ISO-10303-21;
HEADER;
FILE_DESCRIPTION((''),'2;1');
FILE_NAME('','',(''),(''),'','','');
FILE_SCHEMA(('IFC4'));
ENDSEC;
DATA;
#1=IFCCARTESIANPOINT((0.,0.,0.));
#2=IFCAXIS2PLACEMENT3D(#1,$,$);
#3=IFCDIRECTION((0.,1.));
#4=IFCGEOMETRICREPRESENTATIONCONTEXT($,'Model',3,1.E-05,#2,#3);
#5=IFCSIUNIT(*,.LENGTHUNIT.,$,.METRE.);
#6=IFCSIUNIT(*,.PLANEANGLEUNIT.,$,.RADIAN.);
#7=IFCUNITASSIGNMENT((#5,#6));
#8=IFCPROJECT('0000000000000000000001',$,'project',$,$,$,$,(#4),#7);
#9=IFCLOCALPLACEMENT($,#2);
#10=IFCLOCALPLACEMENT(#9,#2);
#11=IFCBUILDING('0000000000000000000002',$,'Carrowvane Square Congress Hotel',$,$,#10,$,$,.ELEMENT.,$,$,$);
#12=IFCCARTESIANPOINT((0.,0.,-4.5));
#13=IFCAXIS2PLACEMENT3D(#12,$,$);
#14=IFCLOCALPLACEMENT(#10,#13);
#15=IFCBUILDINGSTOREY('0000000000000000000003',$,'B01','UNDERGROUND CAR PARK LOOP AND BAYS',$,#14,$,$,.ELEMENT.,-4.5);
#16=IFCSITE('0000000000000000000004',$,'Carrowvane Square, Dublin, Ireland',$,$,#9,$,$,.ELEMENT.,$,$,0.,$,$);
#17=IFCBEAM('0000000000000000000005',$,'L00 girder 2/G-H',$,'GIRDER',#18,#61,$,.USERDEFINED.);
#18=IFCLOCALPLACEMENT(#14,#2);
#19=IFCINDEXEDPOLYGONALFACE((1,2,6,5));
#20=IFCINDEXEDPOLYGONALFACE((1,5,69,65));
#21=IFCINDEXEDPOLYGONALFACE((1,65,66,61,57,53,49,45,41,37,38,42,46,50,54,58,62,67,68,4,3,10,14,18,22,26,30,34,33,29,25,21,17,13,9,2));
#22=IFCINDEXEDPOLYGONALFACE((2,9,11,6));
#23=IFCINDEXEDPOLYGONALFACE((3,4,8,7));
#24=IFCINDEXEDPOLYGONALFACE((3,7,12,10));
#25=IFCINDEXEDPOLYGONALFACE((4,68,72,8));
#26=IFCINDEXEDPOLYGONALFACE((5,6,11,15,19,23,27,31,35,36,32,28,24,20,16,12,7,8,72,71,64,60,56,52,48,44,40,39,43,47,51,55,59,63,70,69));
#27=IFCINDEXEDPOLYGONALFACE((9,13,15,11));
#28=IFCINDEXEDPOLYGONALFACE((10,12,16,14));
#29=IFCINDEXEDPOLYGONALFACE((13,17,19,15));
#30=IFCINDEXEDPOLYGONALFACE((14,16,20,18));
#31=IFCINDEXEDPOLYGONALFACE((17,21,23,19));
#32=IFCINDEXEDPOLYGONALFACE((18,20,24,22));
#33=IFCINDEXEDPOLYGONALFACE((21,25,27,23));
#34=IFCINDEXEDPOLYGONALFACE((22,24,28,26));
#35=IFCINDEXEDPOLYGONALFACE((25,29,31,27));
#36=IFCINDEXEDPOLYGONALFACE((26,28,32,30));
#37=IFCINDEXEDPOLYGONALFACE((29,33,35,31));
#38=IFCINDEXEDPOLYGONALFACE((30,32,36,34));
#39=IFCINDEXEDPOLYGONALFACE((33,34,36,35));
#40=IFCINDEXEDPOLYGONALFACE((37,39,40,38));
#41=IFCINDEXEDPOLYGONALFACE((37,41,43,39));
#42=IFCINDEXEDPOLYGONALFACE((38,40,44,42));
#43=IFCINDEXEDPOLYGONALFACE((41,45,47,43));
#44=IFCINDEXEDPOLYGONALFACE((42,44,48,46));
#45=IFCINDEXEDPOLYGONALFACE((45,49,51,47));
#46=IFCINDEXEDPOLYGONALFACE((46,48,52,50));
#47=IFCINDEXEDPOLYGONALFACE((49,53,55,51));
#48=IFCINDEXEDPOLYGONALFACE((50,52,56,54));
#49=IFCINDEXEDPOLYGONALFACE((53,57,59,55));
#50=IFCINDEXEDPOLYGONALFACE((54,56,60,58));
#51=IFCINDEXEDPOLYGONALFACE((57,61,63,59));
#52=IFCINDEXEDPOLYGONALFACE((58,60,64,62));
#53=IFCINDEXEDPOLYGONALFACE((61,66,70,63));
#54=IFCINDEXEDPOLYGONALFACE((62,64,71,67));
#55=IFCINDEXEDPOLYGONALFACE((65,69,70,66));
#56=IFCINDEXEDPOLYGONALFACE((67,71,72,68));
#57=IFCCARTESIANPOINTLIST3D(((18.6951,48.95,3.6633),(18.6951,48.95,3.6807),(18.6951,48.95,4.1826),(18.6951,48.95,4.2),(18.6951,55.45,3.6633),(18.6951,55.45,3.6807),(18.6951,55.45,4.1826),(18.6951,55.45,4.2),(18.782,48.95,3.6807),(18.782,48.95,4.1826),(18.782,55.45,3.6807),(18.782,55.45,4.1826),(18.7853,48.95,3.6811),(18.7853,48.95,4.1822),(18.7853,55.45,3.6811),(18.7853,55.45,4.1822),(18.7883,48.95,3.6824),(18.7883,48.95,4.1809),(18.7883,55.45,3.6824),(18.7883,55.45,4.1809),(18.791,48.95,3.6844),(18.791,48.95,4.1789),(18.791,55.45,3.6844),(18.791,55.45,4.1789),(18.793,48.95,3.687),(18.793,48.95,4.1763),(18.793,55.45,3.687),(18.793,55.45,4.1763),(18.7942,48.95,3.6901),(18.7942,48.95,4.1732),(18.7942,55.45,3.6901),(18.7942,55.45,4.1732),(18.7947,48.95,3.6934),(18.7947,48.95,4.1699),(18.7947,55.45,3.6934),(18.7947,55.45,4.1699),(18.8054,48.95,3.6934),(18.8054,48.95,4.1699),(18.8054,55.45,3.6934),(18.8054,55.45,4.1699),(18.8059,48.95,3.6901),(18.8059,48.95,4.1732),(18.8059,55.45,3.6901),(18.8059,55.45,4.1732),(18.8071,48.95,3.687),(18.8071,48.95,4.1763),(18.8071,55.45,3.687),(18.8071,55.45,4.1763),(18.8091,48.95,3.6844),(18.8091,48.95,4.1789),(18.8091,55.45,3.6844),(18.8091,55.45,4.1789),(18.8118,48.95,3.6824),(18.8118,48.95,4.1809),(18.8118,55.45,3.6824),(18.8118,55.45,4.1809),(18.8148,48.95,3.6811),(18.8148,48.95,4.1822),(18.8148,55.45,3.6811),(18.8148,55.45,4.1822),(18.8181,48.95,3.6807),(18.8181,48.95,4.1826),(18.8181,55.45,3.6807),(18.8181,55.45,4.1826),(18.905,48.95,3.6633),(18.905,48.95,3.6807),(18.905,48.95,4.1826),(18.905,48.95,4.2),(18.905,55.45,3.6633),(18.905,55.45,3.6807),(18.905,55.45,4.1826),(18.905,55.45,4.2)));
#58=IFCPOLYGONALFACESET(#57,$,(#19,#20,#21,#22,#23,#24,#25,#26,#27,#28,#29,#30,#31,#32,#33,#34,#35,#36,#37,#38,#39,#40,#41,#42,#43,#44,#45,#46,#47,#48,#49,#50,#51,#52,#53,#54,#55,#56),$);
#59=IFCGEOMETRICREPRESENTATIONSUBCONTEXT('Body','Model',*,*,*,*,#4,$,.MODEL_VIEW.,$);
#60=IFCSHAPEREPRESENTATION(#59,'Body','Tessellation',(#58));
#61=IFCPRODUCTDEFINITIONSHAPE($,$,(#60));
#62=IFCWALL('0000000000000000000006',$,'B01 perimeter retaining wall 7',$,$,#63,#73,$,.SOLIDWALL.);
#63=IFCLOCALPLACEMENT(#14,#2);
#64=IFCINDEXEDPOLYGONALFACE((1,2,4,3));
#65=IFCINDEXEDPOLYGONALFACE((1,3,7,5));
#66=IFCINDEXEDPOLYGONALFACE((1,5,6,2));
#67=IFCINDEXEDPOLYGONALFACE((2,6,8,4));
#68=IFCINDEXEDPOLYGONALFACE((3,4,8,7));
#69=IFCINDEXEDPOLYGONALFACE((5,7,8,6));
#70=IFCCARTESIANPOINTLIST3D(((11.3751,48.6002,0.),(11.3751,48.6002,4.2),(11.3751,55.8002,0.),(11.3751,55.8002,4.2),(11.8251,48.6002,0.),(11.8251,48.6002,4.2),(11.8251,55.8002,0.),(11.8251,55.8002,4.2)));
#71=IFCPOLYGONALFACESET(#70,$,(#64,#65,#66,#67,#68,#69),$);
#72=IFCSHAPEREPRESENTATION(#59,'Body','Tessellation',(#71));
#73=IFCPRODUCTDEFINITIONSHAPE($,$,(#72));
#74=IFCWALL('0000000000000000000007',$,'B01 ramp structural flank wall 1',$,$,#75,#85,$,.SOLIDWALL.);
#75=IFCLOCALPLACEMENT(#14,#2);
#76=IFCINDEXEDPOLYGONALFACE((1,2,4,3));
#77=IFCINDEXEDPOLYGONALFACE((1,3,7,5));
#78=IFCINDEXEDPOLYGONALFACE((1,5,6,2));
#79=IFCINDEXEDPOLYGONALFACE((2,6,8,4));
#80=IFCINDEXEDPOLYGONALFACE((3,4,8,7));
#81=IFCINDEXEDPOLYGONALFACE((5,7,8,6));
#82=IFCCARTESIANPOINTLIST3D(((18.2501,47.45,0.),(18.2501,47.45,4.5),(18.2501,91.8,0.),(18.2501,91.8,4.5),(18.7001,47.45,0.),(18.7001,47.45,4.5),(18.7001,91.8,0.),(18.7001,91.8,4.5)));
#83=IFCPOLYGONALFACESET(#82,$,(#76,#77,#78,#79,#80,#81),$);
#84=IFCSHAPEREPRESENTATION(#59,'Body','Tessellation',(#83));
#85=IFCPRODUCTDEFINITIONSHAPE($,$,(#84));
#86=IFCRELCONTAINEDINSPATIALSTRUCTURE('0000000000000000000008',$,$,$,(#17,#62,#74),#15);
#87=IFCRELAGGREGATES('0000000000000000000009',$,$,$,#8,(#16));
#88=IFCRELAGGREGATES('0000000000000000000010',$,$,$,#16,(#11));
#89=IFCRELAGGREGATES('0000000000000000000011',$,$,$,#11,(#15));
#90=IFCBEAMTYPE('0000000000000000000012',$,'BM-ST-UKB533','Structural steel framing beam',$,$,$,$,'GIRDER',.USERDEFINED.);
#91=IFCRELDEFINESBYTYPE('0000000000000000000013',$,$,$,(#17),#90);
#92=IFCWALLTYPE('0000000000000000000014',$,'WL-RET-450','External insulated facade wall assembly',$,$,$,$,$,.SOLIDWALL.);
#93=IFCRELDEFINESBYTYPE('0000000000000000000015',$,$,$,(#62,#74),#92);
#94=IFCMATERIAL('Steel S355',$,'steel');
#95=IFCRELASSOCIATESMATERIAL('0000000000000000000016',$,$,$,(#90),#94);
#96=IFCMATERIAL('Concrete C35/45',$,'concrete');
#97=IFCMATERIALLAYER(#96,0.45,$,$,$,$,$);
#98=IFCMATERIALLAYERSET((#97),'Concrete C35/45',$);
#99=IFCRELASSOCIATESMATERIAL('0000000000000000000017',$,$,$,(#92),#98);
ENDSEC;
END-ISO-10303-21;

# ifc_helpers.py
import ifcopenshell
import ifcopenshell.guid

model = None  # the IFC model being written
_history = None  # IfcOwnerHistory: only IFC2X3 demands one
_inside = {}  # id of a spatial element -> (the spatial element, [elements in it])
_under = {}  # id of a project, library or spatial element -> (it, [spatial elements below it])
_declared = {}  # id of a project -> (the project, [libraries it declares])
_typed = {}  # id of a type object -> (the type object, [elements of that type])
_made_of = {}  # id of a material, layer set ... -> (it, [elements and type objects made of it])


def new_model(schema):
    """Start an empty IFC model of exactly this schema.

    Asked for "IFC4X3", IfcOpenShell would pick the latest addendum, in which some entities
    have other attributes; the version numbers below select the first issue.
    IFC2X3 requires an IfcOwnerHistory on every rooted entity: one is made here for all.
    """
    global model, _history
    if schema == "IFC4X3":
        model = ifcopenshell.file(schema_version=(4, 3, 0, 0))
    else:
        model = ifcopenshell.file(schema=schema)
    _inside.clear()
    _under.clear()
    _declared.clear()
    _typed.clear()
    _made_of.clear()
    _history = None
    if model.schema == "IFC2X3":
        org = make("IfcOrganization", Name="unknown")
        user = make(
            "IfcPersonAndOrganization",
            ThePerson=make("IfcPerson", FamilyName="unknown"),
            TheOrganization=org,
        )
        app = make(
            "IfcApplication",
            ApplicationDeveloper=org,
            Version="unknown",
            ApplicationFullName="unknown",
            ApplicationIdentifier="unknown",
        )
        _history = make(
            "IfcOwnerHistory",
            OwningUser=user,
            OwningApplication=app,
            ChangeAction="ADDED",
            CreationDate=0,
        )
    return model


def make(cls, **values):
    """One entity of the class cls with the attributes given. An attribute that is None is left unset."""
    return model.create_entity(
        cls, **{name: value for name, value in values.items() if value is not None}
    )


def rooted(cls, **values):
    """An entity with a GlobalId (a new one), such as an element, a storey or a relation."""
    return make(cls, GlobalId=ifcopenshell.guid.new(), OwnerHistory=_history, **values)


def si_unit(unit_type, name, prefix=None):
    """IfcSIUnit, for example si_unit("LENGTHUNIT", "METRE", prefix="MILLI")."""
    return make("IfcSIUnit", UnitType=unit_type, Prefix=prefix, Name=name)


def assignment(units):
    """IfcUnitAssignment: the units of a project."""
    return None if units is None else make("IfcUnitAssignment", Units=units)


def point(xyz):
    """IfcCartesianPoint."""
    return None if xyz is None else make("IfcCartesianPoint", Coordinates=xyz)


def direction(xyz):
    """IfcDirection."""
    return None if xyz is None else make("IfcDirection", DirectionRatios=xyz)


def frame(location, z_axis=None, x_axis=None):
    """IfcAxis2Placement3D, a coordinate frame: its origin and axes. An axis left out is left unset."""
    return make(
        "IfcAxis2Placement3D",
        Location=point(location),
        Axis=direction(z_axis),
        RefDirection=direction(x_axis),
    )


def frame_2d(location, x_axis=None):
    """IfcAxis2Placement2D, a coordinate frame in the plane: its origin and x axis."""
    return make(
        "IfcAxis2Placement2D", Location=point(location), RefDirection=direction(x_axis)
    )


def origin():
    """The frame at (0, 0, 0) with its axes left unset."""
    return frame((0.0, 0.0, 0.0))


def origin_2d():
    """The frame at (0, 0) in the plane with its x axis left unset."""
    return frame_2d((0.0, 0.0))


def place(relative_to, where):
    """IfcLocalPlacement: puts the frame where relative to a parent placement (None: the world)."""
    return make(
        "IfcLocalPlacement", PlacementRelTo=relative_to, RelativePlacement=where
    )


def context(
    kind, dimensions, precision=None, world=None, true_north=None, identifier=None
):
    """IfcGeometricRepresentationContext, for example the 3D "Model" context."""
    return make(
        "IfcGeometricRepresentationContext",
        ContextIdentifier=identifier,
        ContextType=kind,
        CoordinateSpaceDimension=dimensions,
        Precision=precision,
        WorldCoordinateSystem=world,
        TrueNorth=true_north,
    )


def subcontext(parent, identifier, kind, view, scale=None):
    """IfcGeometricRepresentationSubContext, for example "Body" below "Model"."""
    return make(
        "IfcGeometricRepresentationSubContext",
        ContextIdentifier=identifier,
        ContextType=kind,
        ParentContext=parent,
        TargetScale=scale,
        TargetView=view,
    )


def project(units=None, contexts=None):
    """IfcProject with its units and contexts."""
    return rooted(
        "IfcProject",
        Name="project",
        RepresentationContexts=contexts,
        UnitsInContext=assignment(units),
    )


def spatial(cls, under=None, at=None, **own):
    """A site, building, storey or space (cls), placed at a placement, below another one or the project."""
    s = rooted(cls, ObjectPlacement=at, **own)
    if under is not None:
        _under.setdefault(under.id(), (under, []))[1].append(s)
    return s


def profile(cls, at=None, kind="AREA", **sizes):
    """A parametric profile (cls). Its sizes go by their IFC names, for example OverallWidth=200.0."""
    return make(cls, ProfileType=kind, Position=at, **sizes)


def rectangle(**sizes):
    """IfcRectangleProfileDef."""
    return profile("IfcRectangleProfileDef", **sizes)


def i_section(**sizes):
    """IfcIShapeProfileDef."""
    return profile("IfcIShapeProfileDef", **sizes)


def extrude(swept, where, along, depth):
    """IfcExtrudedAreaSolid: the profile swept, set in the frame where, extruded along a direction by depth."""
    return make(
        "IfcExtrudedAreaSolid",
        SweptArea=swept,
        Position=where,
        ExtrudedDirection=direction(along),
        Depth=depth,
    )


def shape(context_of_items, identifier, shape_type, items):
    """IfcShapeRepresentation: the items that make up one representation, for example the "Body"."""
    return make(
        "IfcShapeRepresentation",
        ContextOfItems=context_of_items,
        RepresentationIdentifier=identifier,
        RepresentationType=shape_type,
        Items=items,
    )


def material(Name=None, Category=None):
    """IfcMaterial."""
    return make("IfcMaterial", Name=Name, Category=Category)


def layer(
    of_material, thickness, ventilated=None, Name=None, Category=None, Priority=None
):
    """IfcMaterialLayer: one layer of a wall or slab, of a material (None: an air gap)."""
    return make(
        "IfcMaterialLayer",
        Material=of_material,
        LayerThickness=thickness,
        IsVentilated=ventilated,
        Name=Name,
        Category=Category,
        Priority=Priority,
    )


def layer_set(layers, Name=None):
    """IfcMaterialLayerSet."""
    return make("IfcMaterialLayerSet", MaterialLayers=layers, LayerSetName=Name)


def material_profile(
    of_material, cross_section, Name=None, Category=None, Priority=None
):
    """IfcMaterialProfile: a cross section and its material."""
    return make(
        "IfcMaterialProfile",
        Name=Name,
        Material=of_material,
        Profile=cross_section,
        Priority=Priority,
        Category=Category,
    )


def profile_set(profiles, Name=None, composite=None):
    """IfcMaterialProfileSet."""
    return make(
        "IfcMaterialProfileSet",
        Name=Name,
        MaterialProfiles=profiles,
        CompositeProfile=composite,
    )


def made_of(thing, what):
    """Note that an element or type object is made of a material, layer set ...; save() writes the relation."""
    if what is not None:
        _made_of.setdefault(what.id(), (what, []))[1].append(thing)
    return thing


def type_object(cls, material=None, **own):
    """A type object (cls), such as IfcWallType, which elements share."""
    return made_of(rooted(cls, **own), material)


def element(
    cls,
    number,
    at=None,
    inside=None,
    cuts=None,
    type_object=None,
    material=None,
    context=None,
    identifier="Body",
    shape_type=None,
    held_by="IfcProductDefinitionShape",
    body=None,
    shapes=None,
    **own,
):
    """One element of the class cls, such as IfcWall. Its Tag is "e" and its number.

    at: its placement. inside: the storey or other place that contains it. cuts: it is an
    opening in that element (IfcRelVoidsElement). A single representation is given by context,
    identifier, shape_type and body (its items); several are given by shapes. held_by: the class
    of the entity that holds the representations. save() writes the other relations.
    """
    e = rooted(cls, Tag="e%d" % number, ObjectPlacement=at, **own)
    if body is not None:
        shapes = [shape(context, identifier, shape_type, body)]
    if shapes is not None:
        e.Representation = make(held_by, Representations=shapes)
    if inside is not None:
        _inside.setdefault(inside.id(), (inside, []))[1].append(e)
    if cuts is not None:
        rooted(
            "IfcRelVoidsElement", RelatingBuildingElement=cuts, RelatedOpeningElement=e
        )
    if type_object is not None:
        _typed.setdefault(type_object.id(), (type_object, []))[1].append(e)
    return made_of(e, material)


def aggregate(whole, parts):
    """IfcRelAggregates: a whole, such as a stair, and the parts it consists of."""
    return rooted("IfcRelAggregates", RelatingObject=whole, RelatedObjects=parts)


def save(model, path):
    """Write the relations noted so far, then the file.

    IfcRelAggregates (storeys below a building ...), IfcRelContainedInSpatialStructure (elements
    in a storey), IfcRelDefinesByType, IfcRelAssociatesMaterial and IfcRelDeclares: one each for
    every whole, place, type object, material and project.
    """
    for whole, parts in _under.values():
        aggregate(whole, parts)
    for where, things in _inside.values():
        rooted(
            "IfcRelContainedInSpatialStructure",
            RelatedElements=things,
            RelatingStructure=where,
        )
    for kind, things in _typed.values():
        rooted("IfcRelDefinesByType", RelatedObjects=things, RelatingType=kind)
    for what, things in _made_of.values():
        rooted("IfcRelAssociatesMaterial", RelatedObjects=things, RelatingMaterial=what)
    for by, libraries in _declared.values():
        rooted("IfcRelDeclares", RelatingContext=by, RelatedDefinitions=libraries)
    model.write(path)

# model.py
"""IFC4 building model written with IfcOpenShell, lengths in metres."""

from ifc_helpers import new_model, si_unit, direction, frame, frame_2d, origin, origin_2d, place, context, subcontext, project, spatial, rectangle, i_section, extrude, material, layer, layer_set, material_profile, profile_set, type_object, element, save


model = new_model("IFC4")

# Units and contexts
model_context = context("Model", 3, precision=1e-05, world=origin(), true_north=direction((0.0, 1.0)))
body_context = subcontext(model_context, "Body", "Model", "MODEL_VIEW")
ifc_project = project(units=[si_unit("LENGTHUNIT", "METRE"), si_unit("PLANEANGLEUNIT", "RADIAN")], contexts=[model_context])

# Site, building, storey
site_placement = place(None, origin())
site = spatial("IfcSite", under=ifc_project, at=site_placement, Name="Carrowvane Square, Dublin, Ireland", CompositionType="ELEMENT", RefElevation=0.0)
building_placement = place(site_placement, origin())
building = spatial("IfcBuilding", under=site, at=building_placement, Name="Carrowvane Square Congress Hotel", CompositionType="ELEMENT")
storey_placement = place(building_placement, frame((0.0, 0.0, -4.5)))
storey = spatial("IfcBuildingStorey", under=building, at=storey_placement, Name="B01", Description="UNDERGROUND CAR PARK LOOP AND BAYS", CompositionType="ELEMENT", Elevation=-4.5)

# Beam
ifc_material_1 = material(Name="Steel S355", Category="steel")
ifc_material_profile_1 = material_profile(ifc_material_1, i_section(OverallWidth=0.21, OverallDepth=0.5366, WebThickness=0.0107, FlangeThickness=0.0173, FilletRadius=0.0127, at=origin_2d()), Name="UKB 533x210x101")
ifc_profile_set_1 = profile_set([ifc_material_profile_1], Name="Steel S355")
beam_type_1 = type_object("IfcBeamType", Name="BM-ST-UKB533", Description="Structural steel framing beam", ElementType="GIRDER", PredefinedType="USERDEFINED", material=ifc_profile_set_1)
for number, where, z_axis, x_axis, name in (
    (1, (18.8, 48.95, 3.9316), (0.0, 1.0, 0.0), (-1.0, 0.0, 0.0), "L00 girder 2/G-H"),
):
    element("IfcBeam", number, at=place(storey_placement, frame(where, z_axis=z_axis, x_axis=x_axis)), inside=storey, type_object=beam_type_1, Name=name, ObjectType="GIRDER", PredefinedType="USERDEFINED", context=body_context, shape_type="SweptSolid", body=[
        extrude(i_section(OverallWidth=0.21, OverallDepth=0.5366, WebThickness=0.0107, FlangeThickness=0.0173, FilletRadius=0.0127, at=origin_2d()), origin(), (0.0, 0.0, 1.0), 6.5),
    ])

# Walls
ifc_material_2 = material(Name="Concrete C35/45", Category="concrete")
ifc_layer_1 = layer(ifc_material_2, 0.45)
ifc_layer_set_1 = layer_set([ifc_layer_1], Name="Concrete C35/45")
wall_type = type_object("IfcWallType", Name="WL-RET-450", Description="External insulated facade wall assembly", PredefinedType="SOLIDWALL", material=ifc_layer_set_1)
wall_1_placement = place(storey_placement, frame((11.6001, 48.6001, 0.0), z_axis=(0.0, 0.0, 1.0), x_axis=(0.0, 1.0, 0.0)))
element("IfcWall", 2, at=wall_1_placement, inside=storey, type_object=wall_type, Name="B01 perimeter retaining wall 7", PredefinedType="SOLIDWALL", context=body_context, shape_type="SweptSolid", body=[
    extrude(rectangle(XDim=7.2, YDim=0.45, at=frame_2d((3.6001, 0.0))), origin(), (0.0, 0.0, 1.0), 4.2),
])
wall_2_placement = place(storey_placement, frame((18.4751, 47.45, 0.0), z_axis=(0.0, 0.0, 1.0), x_axis=(0.0, 1.0, 0.0)))
element("IfcWall", 3, at=wall_2_placement, inside=storey, type_object=wall_type, Name="B01 ramp structural flank wall 1", PredefinedType="SOLIDWALL", context=body_context, shape_type="SweptSolid", body=[
    extrude(rectangle(XDim=44.3501, YDim=0.45, at=frame_2d((22.175, 0.0))), origin(), (0.0, 0.0, 1.0), 4.5),
])

save(model, "model.ifc")
